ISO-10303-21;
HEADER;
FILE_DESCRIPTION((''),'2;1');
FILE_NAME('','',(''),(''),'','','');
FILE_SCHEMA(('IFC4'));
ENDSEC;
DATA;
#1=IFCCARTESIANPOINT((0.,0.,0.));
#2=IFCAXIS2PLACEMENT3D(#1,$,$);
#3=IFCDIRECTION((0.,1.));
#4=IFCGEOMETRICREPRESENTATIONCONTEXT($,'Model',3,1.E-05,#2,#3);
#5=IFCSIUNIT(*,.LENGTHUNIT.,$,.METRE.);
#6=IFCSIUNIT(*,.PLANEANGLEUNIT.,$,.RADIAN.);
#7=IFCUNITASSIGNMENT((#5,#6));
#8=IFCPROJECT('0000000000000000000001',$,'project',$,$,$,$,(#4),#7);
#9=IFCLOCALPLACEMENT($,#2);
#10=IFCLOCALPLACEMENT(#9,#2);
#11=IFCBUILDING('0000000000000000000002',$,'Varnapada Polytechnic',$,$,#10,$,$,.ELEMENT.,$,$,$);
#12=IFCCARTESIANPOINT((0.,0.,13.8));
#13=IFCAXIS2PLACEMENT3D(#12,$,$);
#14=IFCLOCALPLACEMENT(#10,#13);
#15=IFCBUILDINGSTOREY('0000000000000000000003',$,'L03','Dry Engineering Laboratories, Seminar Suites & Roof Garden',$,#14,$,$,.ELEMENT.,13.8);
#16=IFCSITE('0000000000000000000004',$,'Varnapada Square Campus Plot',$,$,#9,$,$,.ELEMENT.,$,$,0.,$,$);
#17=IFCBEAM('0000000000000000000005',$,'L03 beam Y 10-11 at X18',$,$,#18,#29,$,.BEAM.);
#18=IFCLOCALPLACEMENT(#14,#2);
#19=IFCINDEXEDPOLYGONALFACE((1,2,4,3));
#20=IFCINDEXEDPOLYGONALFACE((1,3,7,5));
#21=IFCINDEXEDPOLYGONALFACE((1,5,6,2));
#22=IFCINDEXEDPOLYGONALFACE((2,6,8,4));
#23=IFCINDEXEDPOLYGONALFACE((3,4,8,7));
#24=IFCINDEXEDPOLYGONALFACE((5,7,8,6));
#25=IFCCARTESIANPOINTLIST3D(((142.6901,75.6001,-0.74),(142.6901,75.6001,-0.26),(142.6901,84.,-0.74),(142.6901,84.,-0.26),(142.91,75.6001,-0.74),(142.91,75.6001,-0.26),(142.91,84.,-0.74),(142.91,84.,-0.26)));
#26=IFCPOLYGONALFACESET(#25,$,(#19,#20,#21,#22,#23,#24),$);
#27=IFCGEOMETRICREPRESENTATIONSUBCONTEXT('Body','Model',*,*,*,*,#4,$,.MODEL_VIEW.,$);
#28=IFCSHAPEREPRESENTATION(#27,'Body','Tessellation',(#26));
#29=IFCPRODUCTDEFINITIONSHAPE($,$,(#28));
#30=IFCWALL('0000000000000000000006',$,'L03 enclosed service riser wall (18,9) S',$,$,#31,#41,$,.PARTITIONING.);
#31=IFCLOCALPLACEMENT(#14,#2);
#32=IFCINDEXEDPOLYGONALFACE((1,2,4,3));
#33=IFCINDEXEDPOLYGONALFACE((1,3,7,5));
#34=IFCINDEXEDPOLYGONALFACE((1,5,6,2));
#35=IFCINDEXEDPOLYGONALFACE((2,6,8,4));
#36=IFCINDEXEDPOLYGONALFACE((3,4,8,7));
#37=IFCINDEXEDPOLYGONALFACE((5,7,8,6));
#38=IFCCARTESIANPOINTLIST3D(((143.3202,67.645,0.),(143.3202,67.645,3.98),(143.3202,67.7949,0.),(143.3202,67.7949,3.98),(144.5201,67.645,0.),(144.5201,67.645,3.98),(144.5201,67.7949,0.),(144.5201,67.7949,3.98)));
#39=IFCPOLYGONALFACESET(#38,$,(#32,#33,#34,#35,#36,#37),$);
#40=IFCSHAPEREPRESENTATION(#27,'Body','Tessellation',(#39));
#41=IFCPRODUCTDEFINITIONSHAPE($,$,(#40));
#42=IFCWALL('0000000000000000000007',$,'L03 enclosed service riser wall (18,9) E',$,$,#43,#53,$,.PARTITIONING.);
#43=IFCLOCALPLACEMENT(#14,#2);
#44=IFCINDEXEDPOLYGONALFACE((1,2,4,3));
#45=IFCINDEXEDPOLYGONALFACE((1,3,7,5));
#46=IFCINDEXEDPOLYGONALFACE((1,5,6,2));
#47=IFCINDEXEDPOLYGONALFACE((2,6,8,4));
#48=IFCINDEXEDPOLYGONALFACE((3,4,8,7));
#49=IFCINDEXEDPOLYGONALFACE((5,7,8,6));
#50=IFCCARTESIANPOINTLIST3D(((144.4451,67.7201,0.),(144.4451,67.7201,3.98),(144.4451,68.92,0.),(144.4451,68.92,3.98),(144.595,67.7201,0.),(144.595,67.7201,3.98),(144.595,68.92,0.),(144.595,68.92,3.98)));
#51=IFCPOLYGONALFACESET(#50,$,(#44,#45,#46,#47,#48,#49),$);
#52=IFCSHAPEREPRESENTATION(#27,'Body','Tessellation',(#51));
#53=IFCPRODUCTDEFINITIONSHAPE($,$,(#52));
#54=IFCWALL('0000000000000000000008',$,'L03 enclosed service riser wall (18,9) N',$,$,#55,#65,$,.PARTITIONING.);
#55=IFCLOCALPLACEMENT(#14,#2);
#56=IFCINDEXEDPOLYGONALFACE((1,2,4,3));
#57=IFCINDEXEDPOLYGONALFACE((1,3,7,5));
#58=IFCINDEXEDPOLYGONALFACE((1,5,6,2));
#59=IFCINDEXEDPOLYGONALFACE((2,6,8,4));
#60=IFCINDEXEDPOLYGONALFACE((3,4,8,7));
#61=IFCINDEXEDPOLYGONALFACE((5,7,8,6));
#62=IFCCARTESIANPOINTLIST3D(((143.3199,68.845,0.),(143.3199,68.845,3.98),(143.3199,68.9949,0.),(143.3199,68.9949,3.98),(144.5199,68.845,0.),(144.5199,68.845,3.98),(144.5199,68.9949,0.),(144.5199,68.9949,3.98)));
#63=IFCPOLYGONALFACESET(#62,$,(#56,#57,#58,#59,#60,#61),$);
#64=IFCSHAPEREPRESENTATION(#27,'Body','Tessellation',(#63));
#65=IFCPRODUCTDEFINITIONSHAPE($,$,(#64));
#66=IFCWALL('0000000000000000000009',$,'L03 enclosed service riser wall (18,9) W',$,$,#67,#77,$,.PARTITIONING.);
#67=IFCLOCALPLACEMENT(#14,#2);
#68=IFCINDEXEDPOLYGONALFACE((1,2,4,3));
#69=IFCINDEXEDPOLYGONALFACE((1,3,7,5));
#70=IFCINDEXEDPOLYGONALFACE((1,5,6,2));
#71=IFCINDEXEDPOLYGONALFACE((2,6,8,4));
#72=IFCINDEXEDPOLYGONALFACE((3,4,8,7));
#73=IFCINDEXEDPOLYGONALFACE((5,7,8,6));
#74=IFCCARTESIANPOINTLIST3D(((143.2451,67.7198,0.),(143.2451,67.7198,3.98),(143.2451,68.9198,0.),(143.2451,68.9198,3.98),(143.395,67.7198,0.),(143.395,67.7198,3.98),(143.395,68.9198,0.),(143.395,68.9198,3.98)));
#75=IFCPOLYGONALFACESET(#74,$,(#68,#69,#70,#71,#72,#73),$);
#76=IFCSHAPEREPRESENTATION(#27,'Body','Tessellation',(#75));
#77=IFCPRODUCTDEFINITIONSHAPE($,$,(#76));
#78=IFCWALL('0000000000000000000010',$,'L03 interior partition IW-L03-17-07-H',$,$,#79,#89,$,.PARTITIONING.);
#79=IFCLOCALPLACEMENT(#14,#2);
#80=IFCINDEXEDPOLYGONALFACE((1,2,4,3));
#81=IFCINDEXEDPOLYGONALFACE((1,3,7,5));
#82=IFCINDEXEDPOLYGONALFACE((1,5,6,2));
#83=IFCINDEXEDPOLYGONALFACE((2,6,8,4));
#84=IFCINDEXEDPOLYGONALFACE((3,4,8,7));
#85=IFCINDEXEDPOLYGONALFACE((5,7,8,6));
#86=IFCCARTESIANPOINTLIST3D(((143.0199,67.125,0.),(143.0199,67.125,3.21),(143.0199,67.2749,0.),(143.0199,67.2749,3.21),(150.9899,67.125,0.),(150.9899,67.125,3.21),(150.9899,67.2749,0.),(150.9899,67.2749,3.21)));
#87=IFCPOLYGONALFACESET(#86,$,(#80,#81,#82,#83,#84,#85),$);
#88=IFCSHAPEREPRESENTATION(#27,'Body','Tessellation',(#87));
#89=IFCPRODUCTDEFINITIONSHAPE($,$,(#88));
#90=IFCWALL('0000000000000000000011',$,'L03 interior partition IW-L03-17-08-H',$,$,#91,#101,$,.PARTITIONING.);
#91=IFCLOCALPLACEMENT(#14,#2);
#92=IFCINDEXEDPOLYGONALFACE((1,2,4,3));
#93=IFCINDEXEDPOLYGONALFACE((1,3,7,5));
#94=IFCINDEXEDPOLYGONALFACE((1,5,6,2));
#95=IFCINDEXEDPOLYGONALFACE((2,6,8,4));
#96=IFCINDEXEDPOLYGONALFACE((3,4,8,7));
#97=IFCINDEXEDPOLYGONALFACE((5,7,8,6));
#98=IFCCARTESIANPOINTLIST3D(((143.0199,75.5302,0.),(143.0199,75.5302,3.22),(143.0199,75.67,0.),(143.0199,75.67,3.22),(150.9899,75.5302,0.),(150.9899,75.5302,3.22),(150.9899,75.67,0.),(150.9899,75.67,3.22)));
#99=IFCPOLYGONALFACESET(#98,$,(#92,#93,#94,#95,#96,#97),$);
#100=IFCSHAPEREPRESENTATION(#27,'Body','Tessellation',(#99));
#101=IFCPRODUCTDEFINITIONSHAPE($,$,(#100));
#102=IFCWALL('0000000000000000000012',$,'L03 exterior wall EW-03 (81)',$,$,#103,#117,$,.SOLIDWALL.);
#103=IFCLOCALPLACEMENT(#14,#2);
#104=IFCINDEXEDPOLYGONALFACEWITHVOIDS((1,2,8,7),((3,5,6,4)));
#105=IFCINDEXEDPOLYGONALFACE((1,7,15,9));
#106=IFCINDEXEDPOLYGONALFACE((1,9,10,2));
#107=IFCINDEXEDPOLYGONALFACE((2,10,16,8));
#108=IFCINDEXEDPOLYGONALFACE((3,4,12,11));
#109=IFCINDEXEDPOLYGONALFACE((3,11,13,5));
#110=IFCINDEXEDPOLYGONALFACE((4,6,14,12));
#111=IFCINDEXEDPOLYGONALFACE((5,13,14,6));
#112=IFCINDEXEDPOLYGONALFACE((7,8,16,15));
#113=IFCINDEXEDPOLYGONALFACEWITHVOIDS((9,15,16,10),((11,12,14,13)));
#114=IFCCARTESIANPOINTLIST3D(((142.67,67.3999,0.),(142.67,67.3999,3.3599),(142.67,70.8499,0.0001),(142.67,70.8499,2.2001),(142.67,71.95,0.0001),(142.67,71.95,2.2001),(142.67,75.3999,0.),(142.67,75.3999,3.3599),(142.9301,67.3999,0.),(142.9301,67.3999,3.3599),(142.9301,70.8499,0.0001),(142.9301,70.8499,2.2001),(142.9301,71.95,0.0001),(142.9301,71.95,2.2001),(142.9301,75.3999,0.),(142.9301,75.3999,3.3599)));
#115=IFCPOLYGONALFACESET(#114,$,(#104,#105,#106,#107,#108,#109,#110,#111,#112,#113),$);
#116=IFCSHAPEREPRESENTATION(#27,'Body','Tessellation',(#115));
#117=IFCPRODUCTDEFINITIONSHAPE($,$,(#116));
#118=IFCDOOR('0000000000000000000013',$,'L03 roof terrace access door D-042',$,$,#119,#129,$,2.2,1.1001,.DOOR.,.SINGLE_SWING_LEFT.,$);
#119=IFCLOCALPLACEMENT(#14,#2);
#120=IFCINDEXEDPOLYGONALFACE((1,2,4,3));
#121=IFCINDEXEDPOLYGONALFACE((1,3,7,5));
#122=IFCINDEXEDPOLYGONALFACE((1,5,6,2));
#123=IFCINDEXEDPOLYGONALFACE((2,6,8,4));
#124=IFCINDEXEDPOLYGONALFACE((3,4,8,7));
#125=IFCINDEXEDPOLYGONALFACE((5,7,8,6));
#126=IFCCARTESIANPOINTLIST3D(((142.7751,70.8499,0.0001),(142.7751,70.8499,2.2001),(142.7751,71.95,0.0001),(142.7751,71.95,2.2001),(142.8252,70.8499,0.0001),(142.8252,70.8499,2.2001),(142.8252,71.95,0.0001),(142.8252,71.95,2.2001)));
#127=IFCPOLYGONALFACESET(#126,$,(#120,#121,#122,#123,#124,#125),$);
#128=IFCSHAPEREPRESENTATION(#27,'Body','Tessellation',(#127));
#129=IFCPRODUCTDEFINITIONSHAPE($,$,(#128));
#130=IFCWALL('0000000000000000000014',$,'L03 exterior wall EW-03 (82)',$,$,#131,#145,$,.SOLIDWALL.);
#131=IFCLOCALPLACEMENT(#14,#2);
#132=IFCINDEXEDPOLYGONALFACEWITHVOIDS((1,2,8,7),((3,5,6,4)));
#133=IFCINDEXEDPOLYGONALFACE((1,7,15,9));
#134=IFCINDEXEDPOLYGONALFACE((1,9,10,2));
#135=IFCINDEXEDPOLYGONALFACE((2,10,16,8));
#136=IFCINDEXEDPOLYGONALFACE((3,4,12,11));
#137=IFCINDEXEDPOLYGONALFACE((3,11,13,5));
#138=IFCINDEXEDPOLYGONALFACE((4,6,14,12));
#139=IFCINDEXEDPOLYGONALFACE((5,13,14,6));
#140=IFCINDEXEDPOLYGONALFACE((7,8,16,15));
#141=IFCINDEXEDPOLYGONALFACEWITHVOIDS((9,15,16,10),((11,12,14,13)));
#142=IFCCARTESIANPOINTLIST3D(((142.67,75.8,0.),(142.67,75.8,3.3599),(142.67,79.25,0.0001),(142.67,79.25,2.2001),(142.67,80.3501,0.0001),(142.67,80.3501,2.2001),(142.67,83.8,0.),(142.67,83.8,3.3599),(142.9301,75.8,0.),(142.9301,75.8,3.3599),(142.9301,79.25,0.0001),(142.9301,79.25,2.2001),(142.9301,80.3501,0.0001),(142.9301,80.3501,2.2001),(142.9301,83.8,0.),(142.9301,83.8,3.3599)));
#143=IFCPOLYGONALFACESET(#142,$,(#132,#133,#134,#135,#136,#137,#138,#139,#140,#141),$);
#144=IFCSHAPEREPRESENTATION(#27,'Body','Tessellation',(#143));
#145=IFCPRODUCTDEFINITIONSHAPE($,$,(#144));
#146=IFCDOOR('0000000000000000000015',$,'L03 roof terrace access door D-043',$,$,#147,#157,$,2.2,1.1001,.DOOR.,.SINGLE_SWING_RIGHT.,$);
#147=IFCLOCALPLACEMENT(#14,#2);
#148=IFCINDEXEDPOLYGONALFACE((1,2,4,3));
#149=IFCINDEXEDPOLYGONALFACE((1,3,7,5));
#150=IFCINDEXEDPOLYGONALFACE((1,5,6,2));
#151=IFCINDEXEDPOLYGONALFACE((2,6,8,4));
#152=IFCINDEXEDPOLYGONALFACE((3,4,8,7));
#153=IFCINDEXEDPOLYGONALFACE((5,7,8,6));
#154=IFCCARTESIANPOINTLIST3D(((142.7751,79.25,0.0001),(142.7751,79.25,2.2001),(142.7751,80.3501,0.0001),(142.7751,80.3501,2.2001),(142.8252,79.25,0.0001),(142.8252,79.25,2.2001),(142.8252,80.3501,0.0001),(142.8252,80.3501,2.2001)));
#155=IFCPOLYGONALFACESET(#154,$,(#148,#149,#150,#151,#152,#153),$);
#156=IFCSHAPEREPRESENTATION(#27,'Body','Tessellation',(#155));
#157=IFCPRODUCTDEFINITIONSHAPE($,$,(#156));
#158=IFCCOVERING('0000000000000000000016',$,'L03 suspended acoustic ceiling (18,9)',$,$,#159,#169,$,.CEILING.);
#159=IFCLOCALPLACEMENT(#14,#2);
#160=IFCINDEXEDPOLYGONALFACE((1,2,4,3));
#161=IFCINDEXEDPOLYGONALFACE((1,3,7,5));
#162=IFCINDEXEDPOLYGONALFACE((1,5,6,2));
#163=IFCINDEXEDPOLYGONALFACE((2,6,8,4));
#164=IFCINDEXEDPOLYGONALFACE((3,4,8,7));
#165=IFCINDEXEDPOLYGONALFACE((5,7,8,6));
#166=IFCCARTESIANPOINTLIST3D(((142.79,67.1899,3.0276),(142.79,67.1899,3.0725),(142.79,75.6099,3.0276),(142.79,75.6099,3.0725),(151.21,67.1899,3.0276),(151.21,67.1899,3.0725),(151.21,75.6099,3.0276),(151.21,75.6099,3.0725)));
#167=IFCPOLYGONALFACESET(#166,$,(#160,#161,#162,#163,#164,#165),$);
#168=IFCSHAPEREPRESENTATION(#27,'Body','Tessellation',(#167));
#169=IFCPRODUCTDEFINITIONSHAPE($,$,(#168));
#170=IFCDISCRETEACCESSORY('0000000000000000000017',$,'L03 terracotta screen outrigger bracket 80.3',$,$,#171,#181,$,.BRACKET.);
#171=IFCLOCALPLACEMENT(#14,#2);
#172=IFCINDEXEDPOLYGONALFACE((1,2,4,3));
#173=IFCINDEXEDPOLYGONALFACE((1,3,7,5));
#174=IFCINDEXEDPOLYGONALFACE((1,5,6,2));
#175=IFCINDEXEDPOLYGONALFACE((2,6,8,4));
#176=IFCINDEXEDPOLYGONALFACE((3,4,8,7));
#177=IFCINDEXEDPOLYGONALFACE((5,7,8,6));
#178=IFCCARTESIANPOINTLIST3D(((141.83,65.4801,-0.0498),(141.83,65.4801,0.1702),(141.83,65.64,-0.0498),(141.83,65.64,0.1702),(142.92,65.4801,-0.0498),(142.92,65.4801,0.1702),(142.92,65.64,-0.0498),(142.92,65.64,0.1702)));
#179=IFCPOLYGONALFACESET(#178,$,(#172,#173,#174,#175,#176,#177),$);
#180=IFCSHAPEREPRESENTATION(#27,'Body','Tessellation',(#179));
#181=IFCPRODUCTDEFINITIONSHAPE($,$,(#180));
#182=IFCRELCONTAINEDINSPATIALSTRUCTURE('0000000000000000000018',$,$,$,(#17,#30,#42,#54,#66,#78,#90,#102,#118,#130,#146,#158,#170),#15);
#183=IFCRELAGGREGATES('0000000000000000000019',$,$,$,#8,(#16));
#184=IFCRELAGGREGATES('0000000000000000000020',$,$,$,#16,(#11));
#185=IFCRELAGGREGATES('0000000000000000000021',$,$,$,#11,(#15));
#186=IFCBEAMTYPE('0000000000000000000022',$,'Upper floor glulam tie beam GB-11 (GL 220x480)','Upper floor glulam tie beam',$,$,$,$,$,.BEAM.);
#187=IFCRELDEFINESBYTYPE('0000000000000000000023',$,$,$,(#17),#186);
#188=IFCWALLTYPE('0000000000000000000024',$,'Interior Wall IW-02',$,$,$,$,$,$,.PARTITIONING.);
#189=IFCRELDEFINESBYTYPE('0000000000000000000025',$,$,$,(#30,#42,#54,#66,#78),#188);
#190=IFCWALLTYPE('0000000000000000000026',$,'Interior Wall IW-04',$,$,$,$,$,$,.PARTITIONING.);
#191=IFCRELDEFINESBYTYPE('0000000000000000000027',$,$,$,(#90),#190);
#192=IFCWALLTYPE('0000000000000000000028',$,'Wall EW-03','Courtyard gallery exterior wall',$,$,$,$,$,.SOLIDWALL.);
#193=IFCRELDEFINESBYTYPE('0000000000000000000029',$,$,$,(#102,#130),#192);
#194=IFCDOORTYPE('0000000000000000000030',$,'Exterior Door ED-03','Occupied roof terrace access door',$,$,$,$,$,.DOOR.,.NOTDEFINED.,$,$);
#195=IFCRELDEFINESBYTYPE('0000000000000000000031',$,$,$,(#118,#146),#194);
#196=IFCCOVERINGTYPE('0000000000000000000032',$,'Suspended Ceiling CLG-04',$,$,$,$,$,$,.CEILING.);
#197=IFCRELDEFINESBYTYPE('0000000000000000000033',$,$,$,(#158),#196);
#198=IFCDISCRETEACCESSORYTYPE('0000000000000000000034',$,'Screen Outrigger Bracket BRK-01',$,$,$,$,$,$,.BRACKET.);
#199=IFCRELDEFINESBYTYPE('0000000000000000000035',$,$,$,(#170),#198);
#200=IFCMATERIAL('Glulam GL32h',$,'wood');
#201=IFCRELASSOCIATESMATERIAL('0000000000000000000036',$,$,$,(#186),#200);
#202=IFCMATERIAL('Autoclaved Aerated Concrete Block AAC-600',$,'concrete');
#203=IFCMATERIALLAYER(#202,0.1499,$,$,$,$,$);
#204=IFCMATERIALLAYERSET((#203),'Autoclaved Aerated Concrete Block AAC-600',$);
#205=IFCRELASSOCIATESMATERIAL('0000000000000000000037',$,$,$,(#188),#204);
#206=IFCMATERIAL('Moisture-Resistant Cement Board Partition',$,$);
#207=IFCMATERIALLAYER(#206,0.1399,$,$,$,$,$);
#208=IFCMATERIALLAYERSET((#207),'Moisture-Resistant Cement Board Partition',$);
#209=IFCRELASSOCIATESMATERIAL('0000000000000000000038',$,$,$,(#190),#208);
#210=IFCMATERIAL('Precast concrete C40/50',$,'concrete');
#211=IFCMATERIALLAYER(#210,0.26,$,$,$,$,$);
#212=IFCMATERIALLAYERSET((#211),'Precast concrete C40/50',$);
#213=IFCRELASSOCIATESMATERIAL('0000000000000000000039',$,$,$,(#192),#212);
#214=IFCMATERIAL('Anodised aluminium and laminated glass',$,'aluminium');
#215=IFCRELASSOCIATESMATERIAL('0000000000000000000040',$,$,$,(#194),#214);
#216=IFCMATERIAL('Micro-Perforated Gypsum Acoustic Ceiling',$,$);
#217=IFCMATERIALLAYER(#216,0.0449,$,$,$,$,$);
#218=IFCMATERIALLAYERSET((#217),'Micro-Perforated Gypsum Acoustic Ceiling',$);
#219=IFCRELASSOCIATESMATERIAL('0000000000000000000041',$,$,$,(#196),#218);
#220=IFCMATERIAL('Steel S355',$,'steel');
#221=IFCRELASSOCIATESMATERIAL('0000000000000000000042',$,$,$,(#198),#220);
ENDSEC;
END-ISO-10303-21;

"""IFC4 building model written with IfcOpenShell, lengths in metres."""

from ifc_helpers import new_model, si_unit, direction, frame, frame_2d, origin, origin_2d, place, context, subcontext, project, spatial, rectangle, extrude, material, layer, layer_set, material_profile, profile_set, type_object, element, fill, save


model = new_model("IFC4")

# Units and contexts
model_context = context("Model", 3, precision=1e-05, world=origin(), true_north=direction((0.0, 1.0)))
body_context = subcontext(model_context, "Body", "Model", "MODEL_VIEW")
ifc_project = project(units=[si_unit("LENGTHUNIT", "METRE"), si_unit("PLANEANGLEUNIT", "RADIAN")], contexts=[model_context])

# Site, building, storey
site_placement = place(None, origin())
site = spatial("IfcSite", under=ifc_project, at=site_placement, Name="Varnapada Square Campus Plot", CompositionType="ELEMENT", RefElevation=0.0)
building_placement = place(site_placement, origin())
building = spatial("IfcBuilding", under=site, at=building_placement, Name="Varnapada Polytechnic", CompositionType="ELEMENT")
storey_placement = place(building_placement, frame((0.0, 0.0, 13.8)))
storey = spatial("IfcBuildingStorey", under=building, at=storey_placement, Name="L03", Description="Dry Engineering Laboratories, Seminar Suites & Roof Garden", CompositionType="ELEMENT", Elevation=13.8)

# Shared definitions
ifc_material_1 = material(Name="Glulam GL32h", Category="wood")

# Beam
ifc_material_profile_1 = material_profile(ifc_material_1, rectangle(XDim=0.22, YDim=0.48, at=origin_2d()), Name="GL 220x480")
ifc_profile_set_1 = profile_set([ifc_material_profile_1], Name="Glulam GL32h")
beam_type_1 = type_object("IfcBeamType", Name="Upper floor glulam tie beam GB-11 (GL 220x480)", Description="Upper floor glulam tie beam", PredefinedType="BEAM", material=ifc_profile_set_1)
beam_1_placement = place(storey_placement, frame((142.8, 75.6001, -0.5), z_axis=(0.0, 1.0, 0.0), x_axis=(-1.0, 0.0, 0.0)))
element("IfcBeam", 1, at=beam_1_placement, inside=storey, type_object=beam_type_1, Name="L03 beam Y 10-11 at X18", PredefinedType="BEAM", context=body_context, shape_type="SweptSolid", body=[
    extrude(rectangle(XDim=0.22, YDim=0.48, at=origin_2d()), origin(), (0.0, 0.0, 1.0), 8.3999),
])

# Walls
ifc_material_2 = material(Name="Autoclaved Aerated Concrete Block AAC-600", Category="concrete")
ifc_layer_1 = layer(ifc_material_2, 0.1499)
ifc_layer_set_1 = layer_set([ifc_layer_1], Name="Autoclaved Aerated Concrete Block AAC-600")
wall_type_1 = type_object("IfcWallType", Name="Interior Wall IW-02", PredefinedType="PARTITIONING", material=ifc_layer_set_1)
for number, where, z_axis, x_axis, name in (
    (2, (143.3201, 67.72, 0.0), (0.0, 0.0, 1.0), (1.0, 0.0, 0.0), "L03 enclosed service riser wall (18,9) S"),
    (3, (144.52, 67.72, 0.0), (0.0, 0.0, 1.0), (0.0, 1.0, 0.0), "L03 enclosed service riser wall (18,9) E"),
    (4, (144.52, 68.9199, 0.0), (0.0, 0.0, 1.0), (-1.0, 0.0, 0.0), "L03 enclosed service riser wall (18,9) N"),
    (5, (143.3201, 68.9199, 0.0), (0.0, 0.0, 1.0), (0.0, -1.0, 0.0), "L03 enclosed service riser wall (18,9) W"),
):
    element("IfcWall", number, at=place(storey_placement, frame(where, z_axis=z_axis, x_axis=x_axis)), inside=storey, type_object=wall_type_1, Name=name, PredefinedType="PARTITIONING", context=body_context, shape_type="SweptSolid", body=[
        extrude(rectangle(XDim=1.2, YDim=0.1499, at=frame_2d((0.6001, 0.0))), origin(), (0.0, 0.0, 1.0), 3.98),
    ])
wall_1_placement = place(storey_placement, frame((143.02, 67.2, 0.0), z_axis=(0.0, 0.0, 1.0), x_axis=(1.0, 0.0, 0.0)))
element("IfcWall", 6, at=wall_1_placement, inside=storey, type_object=wall_type_1, Name="L03 interior partition IW-L03-17-07-H", PredefinedType="PARTITIONING", context=body_context, shape_type="SweptSolid", body=[
    extrude(rectangle(XDim=7.97, YDim=0.1499, at=frame_2d((3.9849, 0.0))), origin(), (0.0, 0.0, 1.0), 3.21),
])
ifc_material_3 = material(Name="Moisture-Resistant Cement Board Partition")
ifc_layer_2 = layer(ifc_material_3, 0.1399)
ifc_layer_set_2 = layer_set([ifc_layer_2], Name="Moisture-Resistant Cement Board Partition")
wall_type_2 = type_object("IfcWallType", Name="Interior Wall IW-04", PredefinedType="PARTITIONING", material=ifc_layer_set_2)
wall_2_placement = place(storey_placement, frame((143.02, 75.6001, 0.0), z_axis=(0.0, 0.0, 1.0), x_axis=(1.0, 0.0, 0.0)))
element("IfcWall", 7, at=wall_2_placement, inside=storey, type_object=wall_type_2, Name="L03 interior partition IW-L03-17-08-H", PredefinedType="PARTITIONING", context=body_context, shape_type="SweptSolid", body=[
    extrude(rectangle(XDim=7.97, YDim=0.1399, at=frame_2d((3.9849, 0.0))), origin(), (0.0, 0.0, 1.0), 3.22),
])

# Walls, openings, doors
ifc_material_4 = material(Name="Precast concrete C40/50", Category="concrete")
ifc_layer_3 = layer(ifc_material_4, 0.26)
ifc_layer_set_3 = layer_set([ifc_layer_3], Name="Precast concrete C40/50")
wall_type_3 = type_object("IfcWallType", Name="Wall EW-03", Description="Courtyard gallery exterior wall", PredefinedType="SOLIDWALL", material=ifc_layer_set_3)
wall_3_placement = place(storey_placement, frame((142.8, 67.3999, 0.0), z_axis=(0.0, 0.0, 1.0), x_axis=(0.0, 1.0, 0.0)))
wall_3 = element("IfcWall", 8, at=wall_3_placement, inside=storey, type_object=wall_type_3, Name="L03 exterior wall EW-03 (81)", PredefinedType="SOLIDWALL", context=body_context, shape_type="SweptSolid", body=[
    extrude(rectangle(XDim=8.0, YDim=0.26, at=frame_2d((4.0, 0.0))), origin(), (0.0, 0.0, 1.0), 3.3599),
])
opening_1_placement = place(wall_3_placement, frame((3.45, 0.0, 0.0)))
opening_1 = element("IfcOpeningElement", 9, at=opening_1_placement, cuts=wall_3, PredefinedType="OPENING", context=body_context, shape_type="SweptSolid", body=[
    extrude(rectangle(XDim=1.1001, YDim=2.2, at=frame_2d((0.55, 1.1001))), frame((0.0, 0.1399, 0.0), z_axis=(0.0, -1.0, 0.0), x_axis=(1.0, 0.0, 0.0)), (0.0, 0.0, 1.0), 0.28),
])
ifc_material_5 = material(Name="Anodised aluminium and laminated glass", Category="aluminium")
door_type = type_object("IfcDoorType", Name="Exterior Door ED-03", Description="Occupied roof terrace access door", OperationType="NOTDEFINED", PredefinedType="DOOR", material=ifc_material_5)
door_1_placement = place(opening_1_placement, origin())
door_1 = element("IfcDoor", 10, at=door_1_placement, inside=storey, type_object=door_type, Name="L03 roof terrace access door D-042", OperationType="SINGLE_SWING_LEFT", OverallHeight=2.2, OverallWidth=1.1001, PredefinedType="DOOR", context=body_context, shape_type="SweptSolid", body=[
    extrude(rectangle(XDim=1.1001, YDim=2.2, at=frame_2d((0.55, 1.1001))), frame((0.0, 0.0249, 0.0), z_axis=(0.0, -1.0, 0.0), x_axis=(1.0, 0.0, 0.0)), (0.0, 0.0, 1.0), 0.05),
])
fill(opening_1, door_1)
wall_4_placement = place(storey_placement, frame((142.8, 75.8, 0.0), z_axis=(0.0, 0.0, 1.0), x_axis=(0.0, 1.0, 0.0)))
wall_4 = element("IfcWall", 11, at=wall_4_placement, inside=storey, type_object=wall_type_3, Name="L03 exterior wall EW-03 (82)", PredefinedType="SOLIDWALL", context=body_context, shape_type="SweptSolid", body=[
    extrude(rectangle(XDim=8.0, YDim=0.26, at=frame_2d((4.0, 0.0))), origin(), (0.0, 0.0, 1.0), 3.3599),
])
opening_2_placement = place(wall_4_placement, frame((3.45, 0.0, 0.0)))
opening_2 = element("IfcOpeningElement", 12, at=opening_2_placement, cuts=wall_4, PredefinedType="OPENING", context=body_context, shape_type="SweptSolid", body=[
    extrude(rectangle(XDim=1.1001, YDim=2.2, at=frame_2d((0.55, 1.1001))), frame((0.0, 0.1399, 0.0), z_axis=(0.0, -1.0, 0.0), x_axis=(1.0, 0.0, 0.0)), (0.0, 0.0, 1.0), 0.28),
])
door_2_placement = place(opening_2_placement, origin())
door_2 = element("IfcDoor", 13, at=door_2_placement, inside=storey, type_object=door_type, Name="L03 roof terrace access door D-043", OperationType="SINGLE_SWING_RIGHT", OverallHeight=2.2, OverallWidth=1.1001, PredefinedType="DOOR", context=body_context, shape_type="SweptSolid", body=[
    extrude(rectangle(XDim=1.1001, YDim=2.2, at=frame_2d((0.55, 1.1001))), frame((0.0, 0.0249, 0.0), z_axis=(0.0, -1.0, 0.0), x_axis=(1.0, 0.0, 0.0)), (0.0, 0.0, 1.0), 0.05),
])
fill(opening_2, door_2)

# Covering
ifc_material_6 = material(Name="Micro-Perforated Gypsum Acoustic Ceiling")
ifc_layer_4 = layer(ifc_material_6, 0.0449)
ifc_layer_set_4 = layer_set([ifc_layer_4], Name="Micro-Perforated Gypsum Acoustic Ceiling")
covering_type = type_object("IfcCoveringType", Name="Suspended Ceiling CLG-04", PredefinedType="CEILING", material=ifc_layer_set_4)
covering_placement = place(storey_placement, frame((147.0, 71.3999, 3.0276), z_axis=(0.0, 0.0, 1.0), x_axis=(1.0, 0.0, 0.0)))
element("IfcCovering", 14, at=covering_placement, inside=storey, type_object=covering_type, Name="L03 suspended acoustic ceiling (18,9)", PredefinedType="CEILING", context=body_context, shape_type="SweptSolid", body=[
    extrude(rectangle(XDim=8.4199, YDim=8.4199, at=origin_2d()), origin(), (0.0, 0.0, 1.0), 0.0449),
])

# Discrete accessory
ifc_material_7 = material(Name="Steel S355", Category="steel")
discrete_accessory_type = type_object("IfcDiscreteAccessoryType", Name="Screen Outrigger Bracket BRK-01", PredefinedType="BRACKET", material=ifc_material_7)
discrete_accessory_placement = place(storey_placement, frame((142.375, 65.5601, -0.0498), z_axis=(0.0, 0.0, 1.0), x_axis=(0.0, 1.0, 0.0)))
element("IfcDiscreteAccessory", 15, at=discrete_accessory_placement, inside=storey, type_object=discrete_accessory_type, Name="L03 terracotta screen outrigger bracket 80.3", PredefinedType="BRACKET", context=body_context, shape_type="SweptSolid", body=[
    extrude(rectangle(XDim=0.1599, YDim=1.0901, at=origin_2d()), origin(), (0.0, 0.0, 1.0), 0.22),
])

save(model, "model.ifc")
